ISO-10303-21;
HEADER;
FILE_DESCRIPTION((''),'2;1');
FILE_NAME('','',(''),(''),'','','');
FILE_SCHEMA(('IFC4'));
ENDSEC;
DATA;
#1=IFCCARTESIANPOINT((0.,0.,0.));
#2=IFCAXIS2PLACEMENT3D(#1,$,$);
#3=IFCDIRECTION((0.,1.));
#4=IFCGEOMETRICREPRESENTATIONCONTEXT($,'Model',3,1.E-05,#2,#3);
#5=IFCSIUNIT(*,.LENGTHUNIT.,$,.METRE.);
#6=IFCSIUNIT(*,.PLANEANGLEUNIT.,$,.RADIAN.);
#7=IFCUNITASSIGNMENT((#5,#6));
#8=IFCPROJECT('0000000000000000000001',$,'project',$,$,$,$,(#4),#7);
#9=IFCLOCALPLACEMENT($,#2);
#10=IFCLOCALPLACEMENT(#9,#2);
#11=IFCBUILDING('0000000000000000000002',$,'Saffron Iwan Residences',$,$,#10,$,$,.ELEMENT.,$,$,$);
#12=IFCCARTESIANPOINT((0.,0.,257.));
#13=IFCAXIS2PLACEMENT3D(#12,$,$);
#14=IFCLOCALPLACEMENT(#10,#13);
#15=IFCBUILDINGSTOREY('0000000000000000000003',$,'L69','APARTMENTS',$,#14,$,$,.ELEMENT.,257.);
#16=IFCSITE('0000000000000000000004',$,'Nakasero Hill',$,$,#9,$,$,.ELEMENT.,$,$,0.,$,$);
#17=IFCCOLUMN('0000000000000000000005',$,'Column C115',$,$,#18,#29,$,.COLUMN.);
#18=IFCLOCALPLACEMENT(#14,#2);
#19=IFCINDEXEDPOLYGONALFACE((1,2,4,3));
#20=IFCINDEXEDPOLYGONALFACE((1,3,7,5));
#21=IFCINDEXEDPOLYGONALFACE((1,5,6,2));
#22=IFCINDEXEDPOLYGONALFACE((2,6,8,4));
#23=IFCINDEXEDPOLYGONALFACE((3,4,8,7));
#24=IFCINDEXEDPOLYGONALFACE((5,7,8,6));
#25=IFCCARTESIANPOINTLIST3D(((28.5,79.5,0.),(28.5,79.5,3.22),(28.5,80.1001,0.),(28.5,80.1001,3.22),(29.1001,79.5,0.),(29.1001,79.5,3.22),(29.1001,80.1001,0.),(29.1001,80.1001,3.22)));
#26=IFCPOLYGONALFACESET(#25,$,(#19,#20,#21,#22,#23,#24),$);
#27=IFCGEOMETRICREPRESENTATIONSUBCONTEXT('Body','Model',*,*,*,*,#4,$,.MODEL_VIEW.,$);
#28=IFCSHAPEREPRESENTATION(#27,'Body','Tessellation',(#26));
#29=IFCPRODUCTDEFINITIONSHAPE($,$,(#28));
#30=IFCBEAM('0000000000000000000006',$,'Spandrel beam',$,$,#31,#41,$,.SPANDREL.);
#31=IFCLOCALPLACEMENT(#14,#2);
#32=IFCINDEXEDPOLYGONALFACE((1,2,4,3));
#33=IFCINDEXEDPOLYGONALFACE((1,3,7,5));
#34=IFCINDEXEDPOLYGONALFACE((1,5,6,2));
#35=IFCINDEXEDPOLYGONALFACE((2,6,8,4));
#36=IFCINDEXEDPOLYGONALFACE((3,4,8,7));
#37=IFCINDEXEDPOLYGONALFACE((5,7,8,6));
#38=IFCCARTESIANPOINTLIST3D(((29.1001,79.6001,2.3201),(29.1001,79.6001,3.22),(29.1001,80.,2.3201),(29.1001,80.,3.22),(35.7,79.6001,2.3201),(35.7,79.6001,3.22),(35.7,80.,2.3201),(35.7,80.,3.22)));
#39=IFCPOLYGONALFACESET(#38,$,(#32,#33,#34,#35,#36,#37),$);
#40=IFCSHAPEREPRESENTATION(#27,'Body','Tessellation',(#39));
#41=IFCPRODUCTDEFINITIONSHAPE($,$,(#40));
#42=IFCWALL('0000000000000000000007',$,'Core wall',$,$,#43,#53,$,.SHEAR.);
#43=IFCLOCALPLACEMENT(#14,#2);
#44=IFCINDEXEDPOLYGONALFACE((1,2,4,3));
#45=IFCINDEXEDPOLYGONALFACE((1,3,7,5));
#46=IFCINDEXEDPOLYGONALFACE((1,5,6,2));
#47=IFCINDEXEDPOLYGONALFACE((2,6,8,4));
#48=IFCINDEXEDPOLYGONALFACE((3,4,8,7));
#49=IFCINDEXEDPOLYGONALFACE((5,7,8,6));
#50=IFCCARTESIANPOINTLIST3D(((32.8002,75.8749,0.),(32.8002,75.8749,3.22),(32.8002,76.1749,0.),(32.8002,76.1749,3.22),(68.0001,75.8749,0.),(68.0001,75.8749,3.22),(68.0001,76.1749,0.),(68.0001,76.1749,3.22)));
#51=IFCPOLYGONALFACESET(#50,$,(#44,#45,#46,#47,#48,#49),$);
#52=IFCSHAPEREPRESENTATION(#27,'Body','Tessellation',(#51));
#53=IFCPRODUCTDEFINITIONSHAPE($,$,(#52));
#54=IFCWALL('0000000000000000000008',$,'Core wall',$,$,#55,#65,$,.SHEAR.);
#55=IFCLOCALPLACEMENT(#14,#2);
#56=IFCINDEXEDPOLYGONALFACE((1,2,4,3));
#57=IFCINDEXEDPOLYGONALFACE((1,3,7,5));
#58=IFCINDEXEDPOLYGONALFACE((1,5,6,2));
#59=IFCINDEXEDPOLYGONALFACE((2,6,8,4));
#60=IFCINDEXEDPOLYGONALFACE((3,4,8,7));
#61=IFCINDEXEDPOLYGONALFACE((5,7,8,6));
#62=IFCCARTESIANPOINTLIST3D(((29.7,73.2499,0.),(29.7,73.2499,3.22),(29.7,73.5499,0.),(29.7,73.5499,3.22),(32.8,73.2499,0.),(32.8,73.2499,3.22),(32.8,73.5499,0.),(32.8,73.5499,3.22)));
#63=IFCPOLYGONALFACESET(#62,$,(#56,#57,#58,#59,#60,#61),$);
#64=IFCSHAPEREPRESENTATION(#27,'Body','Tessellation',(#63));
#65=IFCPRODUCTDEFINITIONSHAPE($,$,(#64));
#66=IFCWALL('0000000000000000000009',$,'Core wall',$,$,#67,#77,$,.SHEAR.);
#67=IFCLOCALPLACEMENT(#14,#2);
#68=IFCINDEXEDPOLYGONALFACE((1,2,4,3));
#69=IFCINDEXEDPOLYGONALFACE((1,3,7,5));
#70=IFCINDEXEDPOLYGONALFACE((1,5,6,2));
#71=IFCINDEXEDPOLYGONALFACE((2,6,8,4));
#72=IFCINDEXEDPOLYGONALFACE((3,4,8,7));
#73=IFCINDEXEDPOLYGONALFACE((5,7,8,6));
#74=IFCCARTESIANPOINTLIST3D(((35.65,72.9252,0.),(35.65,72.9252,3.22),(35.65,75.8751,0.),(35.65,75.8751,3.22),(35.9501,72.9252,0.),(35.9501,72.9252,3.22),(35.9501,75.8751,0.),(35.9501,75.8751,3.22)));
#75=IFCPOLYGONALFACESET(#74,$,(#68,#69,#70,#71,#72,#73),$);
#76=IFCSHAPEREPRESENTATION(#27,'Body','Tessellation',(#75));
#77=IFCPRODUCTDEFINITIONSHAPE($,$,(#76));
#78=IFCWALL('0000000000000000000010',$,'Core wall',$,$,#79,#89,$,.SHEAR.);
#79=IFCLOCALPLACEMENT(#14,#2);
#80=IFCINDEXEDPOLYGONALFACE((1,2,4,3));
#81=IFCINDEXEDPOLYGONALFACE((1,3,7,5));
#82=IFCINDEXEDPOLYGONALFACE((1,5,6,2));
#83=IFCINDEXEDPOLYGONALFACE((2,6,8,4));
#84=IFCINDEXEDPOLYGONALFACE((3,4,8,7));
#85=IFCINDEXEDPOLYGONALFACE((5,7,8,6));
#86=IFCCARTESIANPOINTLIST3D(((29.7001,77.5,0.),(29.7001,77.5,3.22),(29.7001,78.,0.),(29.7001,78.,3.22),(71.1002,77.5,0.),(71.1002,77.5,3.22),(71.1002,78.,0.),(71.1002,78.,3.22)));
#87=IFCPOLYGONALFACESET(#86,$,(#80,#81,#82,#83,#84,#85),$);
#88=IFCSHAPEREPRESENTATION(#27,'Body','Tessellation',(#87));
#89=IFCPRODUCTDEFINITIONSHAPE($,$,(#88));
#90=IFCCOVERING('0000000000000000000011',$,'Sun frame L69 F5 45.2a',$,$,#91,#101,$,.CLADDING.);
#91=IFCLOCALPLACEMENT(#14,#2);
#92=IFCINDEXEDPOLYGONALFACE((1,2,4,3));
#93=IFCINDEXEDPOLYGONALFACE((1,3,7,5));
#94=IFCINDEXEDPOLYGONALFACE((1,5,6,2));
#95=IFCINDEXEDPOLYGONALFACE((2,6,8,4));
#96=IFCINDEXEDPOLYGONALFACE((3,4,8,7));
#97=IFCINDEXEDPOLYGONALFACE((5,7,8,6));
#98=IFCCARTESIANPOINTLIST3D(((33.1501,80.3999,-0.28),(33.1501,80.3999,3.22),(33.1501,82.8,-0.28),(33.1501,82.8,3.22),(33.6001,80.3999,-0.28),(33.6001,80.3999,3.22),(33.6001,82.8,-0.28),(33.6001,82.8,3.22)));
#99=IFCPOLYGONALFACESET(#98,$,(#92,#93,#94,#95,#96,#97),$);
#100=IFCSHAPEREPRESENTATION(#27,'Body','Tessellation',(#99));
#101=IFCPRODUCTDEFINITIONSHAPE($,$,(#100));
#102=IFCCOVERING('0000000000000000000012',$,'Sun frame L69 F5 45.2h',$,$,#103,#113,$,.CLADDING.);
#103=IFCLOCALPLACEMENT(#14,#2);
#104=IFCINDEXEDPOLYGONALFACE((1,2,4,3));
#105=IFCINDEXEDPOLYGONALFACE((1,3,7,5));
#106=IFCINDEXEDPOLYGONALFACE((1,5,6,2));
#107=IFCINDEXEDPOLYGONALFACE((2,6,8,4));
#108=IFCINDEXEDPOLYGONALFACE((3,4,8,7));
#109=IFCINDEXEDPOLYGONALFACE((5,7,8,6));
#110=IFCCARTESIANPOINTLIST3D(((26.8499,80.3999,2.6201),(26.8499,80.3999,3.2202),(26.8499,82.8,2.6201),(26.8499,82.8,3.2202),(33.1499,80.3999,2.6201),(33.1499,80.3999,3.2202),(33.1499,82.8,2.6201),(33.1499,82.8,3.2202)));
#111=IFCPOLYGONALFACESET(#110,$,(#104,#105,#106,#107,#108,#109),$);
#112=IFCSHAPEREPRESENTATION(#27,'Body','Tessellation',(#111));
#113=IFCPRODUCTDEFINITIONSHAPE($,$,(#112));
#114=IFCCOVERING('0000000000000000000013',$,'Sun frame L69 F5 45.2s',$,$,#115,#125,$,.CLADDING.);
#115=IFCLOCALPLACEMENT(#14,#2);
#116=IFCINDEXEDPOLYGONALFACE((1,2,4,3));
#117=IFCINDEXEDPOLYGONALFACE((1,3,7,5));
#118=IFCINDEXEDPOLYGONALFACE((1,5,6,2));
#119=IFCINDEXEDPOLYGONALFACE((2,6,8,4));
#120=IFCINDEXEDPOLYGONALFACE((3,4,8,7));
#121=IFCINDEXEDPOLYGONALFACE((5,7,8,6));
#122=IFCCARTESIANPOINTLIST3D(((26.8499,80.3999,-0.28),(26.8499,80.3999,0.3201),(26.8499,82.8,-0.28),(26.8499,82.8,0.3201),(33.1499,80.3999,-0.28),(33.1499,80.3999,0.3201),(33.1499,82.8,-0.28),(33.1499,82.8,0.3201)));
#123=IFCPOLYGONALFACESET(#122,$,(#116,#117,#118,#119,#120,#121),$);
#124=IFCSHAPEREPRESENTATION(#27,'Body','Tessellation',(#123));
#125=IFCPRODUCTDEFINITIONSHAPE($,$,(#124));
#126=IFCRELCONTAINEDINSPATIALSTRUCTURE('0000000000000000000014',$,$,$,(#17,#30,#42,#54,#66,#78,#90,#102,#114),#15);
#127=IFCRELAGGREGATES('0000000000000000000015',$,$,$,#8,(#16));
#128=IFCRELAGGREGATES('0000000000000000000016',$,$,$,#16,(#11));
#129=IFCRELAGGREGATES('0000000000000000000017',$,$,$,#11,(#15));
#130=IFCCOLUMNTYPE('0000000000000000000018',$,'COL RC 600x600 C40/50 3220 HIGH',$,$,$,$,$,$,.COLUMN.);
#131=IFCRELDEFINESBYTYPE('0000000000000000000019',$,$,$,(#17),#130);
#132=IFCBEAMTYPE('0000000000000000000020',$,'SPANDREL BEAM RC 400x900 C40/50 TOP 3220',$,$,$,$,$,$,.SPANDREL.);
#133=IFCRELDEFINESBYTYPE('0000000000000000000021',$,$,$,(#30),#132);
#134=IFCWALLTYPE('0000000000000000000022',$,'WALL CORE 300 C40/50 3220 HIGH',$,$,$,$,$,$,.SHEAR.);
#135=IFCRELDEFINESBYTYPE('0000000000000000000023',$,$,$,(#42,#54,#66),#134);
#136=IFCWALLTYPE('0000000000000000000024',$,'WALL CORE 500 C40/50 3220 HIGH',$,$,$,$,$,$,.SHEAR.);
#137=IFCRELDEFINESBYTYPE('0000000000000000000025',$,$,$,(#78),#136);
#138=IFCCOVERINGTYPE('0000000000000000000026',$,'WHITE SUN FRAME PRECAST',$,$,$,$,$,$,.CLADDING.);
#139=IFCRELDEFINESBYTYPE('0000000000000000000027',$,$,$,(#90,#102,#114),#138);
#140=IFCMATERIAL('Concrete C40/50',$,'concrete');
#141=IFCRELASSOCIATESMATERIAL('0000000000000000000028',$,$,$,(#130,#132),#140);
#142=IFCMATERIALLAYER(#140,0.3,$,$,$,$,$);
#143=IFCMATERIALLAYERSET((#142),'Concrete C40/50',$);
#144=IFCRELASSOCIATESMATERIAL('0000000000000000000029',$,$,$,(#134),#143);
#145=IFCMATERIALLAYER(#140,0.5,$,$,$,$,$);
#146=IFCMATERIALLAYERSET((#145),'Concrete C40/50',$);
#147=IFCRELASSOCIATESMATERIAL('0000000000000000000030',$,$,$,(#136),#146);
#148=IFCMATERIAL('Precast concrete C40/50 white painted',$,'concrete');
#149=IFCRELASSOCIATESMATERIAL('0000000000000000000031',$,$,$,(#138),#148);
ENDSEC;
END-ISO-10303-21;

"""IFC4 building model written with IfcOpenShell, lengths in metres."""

from ifc_helpers import new_model, si_unit, direction, frame, frame_2d, origin, origin_2d, place, context, subcontext, project, spatial, polyline, rectangle, outline, extrude, source, transform, mapped, material, layer, layer_set, material_profile, profile_set, type_object, element, save


model = new_model("IFC4")

# Units and contexts
model_context = context("Model", 3, precision=1e-05, world=origin(), true_north=direction((0.0, 1.0)))
body_context = subcontext(model_context, "Body", "Model", "MODEL_VIEW")
ifc_project = project(units=[si_unit("LENGTHUNIT", "METRE"), si_unit("PLANEANGLEUNIT", "RADIAN")], contexts=[model_context])

# Site, building, storey
site_placement = place(None, origin())
site = spatial("IfcSite", under=ifc_project, at=site_placement, Name="Nakasero Hill", CompositionType="ELEMENT", RefElevation=0.0)
building_placement = place(site_placement, origin())
building = spatial("IfcBuilding", under=site, at=building_placement, Name="Saffron Iwan Residences", CompositionType="ELEMENT")
storey_placement = place(building_placement, frame((0.0, 0.0, 257.0)))
storey = spatial("IfcBuildingStorey", under=building, at=storey_placement, Name="L69", Description="APARTMENTS", CompositionType="ELEMENT", Elevation=257.0)

# Column
ifc_material_1 = material(Name="Concrete C40/50", Category="concrete")
ifc_material_profile_1 = material_profile(ifc_material_1, rectangle(XDim=0.6001, YDim=0.6001, at=origin_2d()), Name="RC 600x600")
ifc_profile_set_1 = profile_set([ifc_material_profile_1], Name="Concrete C40/50")
column_type = type_object("IfcColumnType", Name="COL RC 600x600 C40/50 3220 HIGH", PredefinedType="COLUMN", material=ifc_profile_set_1)
shared_shape_1 = source(origin(), body_context, "Body", "SweptSolid", [
    extrude(rectangle(XDim=0.6001, YDim=0.6001, at=origin_2d()), origin(), (0.0, 0.0, 1.0), 3.22),
])
column_placement = place(storey_placement, frame((28.8, 79.8, 0.0), z_axis=(0.0, 0.0, 1.0), x_axis=(1.0, 0.0, 0.0)))
element("IfcColumn", 1, at=column_placement, inside=storey, type_object=column_type, Name="Column C115", PredefinedType="COLUMN", context=body_context, shape_type="MappedRepresentation", body=[
    mapped(shared_shape_1, transform((0.0, 0.0, 0.0))),
])

# Beam
ifc_material_profile_2 = material_profile(ifc_material_1, rectangle(XDim=0.3999, YDim=0.8999, at=origin_2d()), Name="RC 400x900")
ifc_profile_set_2 = profile_set([ifc_material_profile_2], Name="Concrete C40/50")
beam_type = type_object("IfcBeamType", Name="SPANDREL BEAM RC 400x900 C40/50 TOP 3220", PredefinedType="SPANDREL", material=ifc_profile_set_2)
shared_shape_2 = source(origin(), body_context, "Body", "SweptSolid", [
    extrude(rectangle(XDim=0.3999, YDim=0.8999, at=origin_2d()), origin(), (0.0, 0.0, 1.0), 6.5999),
])
beam_placement = place(storey_placement, frame((29.1001, 79.8, 2.77), z_axis=(1.0, 0.0, 0.0), x_axis=(0.0, 1.0, 0.0)))
element("IfcBeam", 2, at=beam_placement, inside=storey, type_object=beam_type, Name="Spandrel beam", PredefinedType="SPANDREL", context=body_context, shape_type="MappedRepresentation", body=[
    mapped(shared_shape_2, transform((0.0, 0.0, 0.0))),
])

# Shared definitions
ifc_layer_1 = layer(ifc_material_1, 0.3)
ifc_layer_set_1 = layer_set([ifc_layer_1], Name="Concrete C40/50")
wall_type_1 = type_object("IfcWallType", Name="WALL CORE 300 C40/50 3220 HIGH", PredefinedType="SHEAR", material=ifc_layer_set_1)

# Walls
wall_1_placement = place(storey_placement, frame((32.8, 76.0249, 0.0), z_axis=(0.0, 0.0, 1.0), x_axis=(1.0, 0.0, 0.0)))
element("IfcWall", 3, at=wall_1_placement, inside=storey, type_object=wall_type_1, Name="Core wall", PredefinedType="SHEAR", context=body_context, shape_type="SweptSolid", body=[
    extrude(rectangle(XDim=35.2, YDim=0.3, at=frame_2d((17.6001, 0.0))), origin(), (0.0, 0.0, 1.0), 3.22),
])
wall_2_placement = place(storey_placement, frame((29.7, 73.3999, 0.0), z_axis=(0.0, 0.0, 1.0), x_axis=(1.0, 0.0, 0.0)))
element("IfcWall", 4, at=wall_2_placement, inside=storey, type_object=wall_type_1, Name="Core wall", PredefinedType="SHEAR", context=body_context, shape_type="SweptSolid", body=[
    extrude(rectangle(XDim=3.1001, YDim=0.3, at=frame_2d((1.55, 0.0))), origin(), (0.0, 0.0, 1.0), 3.22),
])
wall_3_placement = place(storey_placement, frame((35.8, 72.925, 0.0), z_axis=(0.0, 0.0, 1.0), x_axis=(0.0, 1.0, 0.0)))
element("IfcWall", 5, at=wall_3_placement, inside=storey, type_object=wall_type_1, Name="Core wall", PredefinedType="SHEAR", context=body_context, shape_type="SweptSolid", body=[
    extrude(rectangle(XDim=2.95, YDim=0.3, at=frame_2d((1.4751, 0.0))), origin(), (0.0, 0.0, 1.0), 3.22),
])
ifc_layer_2 = layer(ifc_material_1, 0.5)
ifc_layer_set_2 = layer_set([ifc_layer_2], Name="Concrete C40/50")
wall_type_2 = type_object("IfcWallType", Name="WALL CORE 500 C40/50 3220 HIGH", PredefinedType="SHEAR", material=ifc_layer_set_2)
wall_4_placement = place(storey_placement, frame((29.7, 77.75, 0.0), z_axis=(0.0, 0.0, 1.0), x_axis=(1.0, 0.0, 0.0)))
element("IfcWall", 6, at=wall_4_placement, inside=storey, type_object=wall_type_2, Name="Core wall", PredefinedType="SHEAR", context=body_context, shape_type="SweptSolid", body=[
    extrude(rectangle(XDim=41.4001, YDim=0.5, at=frame_2d((20.7002, 0.0))), origin(), (0.0, 0.0, 1.0), 3.22),
])

# Coverings
ifc_material_2 = material(Name="Precast concrete C40/50 white painted", Category="concrete")
covering_type = type_object("IfcCoveringType", Name="WHITE SUN FRAME PRECAST", PredefinedType="CLADDING", material=ifc_material_2)
covering_placement = place(storey_placement, frame((33.6001, 80.3999, -0.28), z_axis=(0.0, 1.0, 0.0), x_axis=(-1.0, 0.0, 0.0)))
element("IfcCovering", 7, at=covering_placement, inside=storey, type_object=covering_type, Name="Sun frame L69 F5 45.2a", PredefinedType="CLADDING", context=body_context, shape_type="SweptSolid", body=[
    extrude(outline(polyline([(0.0, 0.0), (0.45, 0.0), (0.45, 3.5), (0.0, 3.5), (0.0, 0.0)])), origin(), (0.0, 0.0, 1.0), 2.4001),
])
for number, where, z_axis, x_axis, name in (
    (8, (33.1499, 80.3999, 2.6201), (0.0, 1.0, 0.0), (-1.0, 0.0, 0.0), "Sun frame L69 F5 45.2h"),
    (9, (33.1499, 80.3999, -0.28), (0.0, 1.0, 0.0), (-1.0, 0.0, 0.0), "Sun frame L69 F5 45.2s"),
):
    element("IfcCovering", number, at=place(storey_placement, frame(where, z_axis=z_axis, x_axis=x_axis)), inside=storey, type_object=covering_type, Name=name, PredefinedType="CLADDING", context=body_context, shape_type="SweptSolid", body=[
        extrude(outline(polyline([(0.0, 0.0), (6.3, 0.0), (6.3, 0.6001), (0.0, 0.6001), (0.0, 0.0)])), origin(), (0.0, 0.0, 1.0), 2.4001),
    ])

save(model, "model.ifc")
